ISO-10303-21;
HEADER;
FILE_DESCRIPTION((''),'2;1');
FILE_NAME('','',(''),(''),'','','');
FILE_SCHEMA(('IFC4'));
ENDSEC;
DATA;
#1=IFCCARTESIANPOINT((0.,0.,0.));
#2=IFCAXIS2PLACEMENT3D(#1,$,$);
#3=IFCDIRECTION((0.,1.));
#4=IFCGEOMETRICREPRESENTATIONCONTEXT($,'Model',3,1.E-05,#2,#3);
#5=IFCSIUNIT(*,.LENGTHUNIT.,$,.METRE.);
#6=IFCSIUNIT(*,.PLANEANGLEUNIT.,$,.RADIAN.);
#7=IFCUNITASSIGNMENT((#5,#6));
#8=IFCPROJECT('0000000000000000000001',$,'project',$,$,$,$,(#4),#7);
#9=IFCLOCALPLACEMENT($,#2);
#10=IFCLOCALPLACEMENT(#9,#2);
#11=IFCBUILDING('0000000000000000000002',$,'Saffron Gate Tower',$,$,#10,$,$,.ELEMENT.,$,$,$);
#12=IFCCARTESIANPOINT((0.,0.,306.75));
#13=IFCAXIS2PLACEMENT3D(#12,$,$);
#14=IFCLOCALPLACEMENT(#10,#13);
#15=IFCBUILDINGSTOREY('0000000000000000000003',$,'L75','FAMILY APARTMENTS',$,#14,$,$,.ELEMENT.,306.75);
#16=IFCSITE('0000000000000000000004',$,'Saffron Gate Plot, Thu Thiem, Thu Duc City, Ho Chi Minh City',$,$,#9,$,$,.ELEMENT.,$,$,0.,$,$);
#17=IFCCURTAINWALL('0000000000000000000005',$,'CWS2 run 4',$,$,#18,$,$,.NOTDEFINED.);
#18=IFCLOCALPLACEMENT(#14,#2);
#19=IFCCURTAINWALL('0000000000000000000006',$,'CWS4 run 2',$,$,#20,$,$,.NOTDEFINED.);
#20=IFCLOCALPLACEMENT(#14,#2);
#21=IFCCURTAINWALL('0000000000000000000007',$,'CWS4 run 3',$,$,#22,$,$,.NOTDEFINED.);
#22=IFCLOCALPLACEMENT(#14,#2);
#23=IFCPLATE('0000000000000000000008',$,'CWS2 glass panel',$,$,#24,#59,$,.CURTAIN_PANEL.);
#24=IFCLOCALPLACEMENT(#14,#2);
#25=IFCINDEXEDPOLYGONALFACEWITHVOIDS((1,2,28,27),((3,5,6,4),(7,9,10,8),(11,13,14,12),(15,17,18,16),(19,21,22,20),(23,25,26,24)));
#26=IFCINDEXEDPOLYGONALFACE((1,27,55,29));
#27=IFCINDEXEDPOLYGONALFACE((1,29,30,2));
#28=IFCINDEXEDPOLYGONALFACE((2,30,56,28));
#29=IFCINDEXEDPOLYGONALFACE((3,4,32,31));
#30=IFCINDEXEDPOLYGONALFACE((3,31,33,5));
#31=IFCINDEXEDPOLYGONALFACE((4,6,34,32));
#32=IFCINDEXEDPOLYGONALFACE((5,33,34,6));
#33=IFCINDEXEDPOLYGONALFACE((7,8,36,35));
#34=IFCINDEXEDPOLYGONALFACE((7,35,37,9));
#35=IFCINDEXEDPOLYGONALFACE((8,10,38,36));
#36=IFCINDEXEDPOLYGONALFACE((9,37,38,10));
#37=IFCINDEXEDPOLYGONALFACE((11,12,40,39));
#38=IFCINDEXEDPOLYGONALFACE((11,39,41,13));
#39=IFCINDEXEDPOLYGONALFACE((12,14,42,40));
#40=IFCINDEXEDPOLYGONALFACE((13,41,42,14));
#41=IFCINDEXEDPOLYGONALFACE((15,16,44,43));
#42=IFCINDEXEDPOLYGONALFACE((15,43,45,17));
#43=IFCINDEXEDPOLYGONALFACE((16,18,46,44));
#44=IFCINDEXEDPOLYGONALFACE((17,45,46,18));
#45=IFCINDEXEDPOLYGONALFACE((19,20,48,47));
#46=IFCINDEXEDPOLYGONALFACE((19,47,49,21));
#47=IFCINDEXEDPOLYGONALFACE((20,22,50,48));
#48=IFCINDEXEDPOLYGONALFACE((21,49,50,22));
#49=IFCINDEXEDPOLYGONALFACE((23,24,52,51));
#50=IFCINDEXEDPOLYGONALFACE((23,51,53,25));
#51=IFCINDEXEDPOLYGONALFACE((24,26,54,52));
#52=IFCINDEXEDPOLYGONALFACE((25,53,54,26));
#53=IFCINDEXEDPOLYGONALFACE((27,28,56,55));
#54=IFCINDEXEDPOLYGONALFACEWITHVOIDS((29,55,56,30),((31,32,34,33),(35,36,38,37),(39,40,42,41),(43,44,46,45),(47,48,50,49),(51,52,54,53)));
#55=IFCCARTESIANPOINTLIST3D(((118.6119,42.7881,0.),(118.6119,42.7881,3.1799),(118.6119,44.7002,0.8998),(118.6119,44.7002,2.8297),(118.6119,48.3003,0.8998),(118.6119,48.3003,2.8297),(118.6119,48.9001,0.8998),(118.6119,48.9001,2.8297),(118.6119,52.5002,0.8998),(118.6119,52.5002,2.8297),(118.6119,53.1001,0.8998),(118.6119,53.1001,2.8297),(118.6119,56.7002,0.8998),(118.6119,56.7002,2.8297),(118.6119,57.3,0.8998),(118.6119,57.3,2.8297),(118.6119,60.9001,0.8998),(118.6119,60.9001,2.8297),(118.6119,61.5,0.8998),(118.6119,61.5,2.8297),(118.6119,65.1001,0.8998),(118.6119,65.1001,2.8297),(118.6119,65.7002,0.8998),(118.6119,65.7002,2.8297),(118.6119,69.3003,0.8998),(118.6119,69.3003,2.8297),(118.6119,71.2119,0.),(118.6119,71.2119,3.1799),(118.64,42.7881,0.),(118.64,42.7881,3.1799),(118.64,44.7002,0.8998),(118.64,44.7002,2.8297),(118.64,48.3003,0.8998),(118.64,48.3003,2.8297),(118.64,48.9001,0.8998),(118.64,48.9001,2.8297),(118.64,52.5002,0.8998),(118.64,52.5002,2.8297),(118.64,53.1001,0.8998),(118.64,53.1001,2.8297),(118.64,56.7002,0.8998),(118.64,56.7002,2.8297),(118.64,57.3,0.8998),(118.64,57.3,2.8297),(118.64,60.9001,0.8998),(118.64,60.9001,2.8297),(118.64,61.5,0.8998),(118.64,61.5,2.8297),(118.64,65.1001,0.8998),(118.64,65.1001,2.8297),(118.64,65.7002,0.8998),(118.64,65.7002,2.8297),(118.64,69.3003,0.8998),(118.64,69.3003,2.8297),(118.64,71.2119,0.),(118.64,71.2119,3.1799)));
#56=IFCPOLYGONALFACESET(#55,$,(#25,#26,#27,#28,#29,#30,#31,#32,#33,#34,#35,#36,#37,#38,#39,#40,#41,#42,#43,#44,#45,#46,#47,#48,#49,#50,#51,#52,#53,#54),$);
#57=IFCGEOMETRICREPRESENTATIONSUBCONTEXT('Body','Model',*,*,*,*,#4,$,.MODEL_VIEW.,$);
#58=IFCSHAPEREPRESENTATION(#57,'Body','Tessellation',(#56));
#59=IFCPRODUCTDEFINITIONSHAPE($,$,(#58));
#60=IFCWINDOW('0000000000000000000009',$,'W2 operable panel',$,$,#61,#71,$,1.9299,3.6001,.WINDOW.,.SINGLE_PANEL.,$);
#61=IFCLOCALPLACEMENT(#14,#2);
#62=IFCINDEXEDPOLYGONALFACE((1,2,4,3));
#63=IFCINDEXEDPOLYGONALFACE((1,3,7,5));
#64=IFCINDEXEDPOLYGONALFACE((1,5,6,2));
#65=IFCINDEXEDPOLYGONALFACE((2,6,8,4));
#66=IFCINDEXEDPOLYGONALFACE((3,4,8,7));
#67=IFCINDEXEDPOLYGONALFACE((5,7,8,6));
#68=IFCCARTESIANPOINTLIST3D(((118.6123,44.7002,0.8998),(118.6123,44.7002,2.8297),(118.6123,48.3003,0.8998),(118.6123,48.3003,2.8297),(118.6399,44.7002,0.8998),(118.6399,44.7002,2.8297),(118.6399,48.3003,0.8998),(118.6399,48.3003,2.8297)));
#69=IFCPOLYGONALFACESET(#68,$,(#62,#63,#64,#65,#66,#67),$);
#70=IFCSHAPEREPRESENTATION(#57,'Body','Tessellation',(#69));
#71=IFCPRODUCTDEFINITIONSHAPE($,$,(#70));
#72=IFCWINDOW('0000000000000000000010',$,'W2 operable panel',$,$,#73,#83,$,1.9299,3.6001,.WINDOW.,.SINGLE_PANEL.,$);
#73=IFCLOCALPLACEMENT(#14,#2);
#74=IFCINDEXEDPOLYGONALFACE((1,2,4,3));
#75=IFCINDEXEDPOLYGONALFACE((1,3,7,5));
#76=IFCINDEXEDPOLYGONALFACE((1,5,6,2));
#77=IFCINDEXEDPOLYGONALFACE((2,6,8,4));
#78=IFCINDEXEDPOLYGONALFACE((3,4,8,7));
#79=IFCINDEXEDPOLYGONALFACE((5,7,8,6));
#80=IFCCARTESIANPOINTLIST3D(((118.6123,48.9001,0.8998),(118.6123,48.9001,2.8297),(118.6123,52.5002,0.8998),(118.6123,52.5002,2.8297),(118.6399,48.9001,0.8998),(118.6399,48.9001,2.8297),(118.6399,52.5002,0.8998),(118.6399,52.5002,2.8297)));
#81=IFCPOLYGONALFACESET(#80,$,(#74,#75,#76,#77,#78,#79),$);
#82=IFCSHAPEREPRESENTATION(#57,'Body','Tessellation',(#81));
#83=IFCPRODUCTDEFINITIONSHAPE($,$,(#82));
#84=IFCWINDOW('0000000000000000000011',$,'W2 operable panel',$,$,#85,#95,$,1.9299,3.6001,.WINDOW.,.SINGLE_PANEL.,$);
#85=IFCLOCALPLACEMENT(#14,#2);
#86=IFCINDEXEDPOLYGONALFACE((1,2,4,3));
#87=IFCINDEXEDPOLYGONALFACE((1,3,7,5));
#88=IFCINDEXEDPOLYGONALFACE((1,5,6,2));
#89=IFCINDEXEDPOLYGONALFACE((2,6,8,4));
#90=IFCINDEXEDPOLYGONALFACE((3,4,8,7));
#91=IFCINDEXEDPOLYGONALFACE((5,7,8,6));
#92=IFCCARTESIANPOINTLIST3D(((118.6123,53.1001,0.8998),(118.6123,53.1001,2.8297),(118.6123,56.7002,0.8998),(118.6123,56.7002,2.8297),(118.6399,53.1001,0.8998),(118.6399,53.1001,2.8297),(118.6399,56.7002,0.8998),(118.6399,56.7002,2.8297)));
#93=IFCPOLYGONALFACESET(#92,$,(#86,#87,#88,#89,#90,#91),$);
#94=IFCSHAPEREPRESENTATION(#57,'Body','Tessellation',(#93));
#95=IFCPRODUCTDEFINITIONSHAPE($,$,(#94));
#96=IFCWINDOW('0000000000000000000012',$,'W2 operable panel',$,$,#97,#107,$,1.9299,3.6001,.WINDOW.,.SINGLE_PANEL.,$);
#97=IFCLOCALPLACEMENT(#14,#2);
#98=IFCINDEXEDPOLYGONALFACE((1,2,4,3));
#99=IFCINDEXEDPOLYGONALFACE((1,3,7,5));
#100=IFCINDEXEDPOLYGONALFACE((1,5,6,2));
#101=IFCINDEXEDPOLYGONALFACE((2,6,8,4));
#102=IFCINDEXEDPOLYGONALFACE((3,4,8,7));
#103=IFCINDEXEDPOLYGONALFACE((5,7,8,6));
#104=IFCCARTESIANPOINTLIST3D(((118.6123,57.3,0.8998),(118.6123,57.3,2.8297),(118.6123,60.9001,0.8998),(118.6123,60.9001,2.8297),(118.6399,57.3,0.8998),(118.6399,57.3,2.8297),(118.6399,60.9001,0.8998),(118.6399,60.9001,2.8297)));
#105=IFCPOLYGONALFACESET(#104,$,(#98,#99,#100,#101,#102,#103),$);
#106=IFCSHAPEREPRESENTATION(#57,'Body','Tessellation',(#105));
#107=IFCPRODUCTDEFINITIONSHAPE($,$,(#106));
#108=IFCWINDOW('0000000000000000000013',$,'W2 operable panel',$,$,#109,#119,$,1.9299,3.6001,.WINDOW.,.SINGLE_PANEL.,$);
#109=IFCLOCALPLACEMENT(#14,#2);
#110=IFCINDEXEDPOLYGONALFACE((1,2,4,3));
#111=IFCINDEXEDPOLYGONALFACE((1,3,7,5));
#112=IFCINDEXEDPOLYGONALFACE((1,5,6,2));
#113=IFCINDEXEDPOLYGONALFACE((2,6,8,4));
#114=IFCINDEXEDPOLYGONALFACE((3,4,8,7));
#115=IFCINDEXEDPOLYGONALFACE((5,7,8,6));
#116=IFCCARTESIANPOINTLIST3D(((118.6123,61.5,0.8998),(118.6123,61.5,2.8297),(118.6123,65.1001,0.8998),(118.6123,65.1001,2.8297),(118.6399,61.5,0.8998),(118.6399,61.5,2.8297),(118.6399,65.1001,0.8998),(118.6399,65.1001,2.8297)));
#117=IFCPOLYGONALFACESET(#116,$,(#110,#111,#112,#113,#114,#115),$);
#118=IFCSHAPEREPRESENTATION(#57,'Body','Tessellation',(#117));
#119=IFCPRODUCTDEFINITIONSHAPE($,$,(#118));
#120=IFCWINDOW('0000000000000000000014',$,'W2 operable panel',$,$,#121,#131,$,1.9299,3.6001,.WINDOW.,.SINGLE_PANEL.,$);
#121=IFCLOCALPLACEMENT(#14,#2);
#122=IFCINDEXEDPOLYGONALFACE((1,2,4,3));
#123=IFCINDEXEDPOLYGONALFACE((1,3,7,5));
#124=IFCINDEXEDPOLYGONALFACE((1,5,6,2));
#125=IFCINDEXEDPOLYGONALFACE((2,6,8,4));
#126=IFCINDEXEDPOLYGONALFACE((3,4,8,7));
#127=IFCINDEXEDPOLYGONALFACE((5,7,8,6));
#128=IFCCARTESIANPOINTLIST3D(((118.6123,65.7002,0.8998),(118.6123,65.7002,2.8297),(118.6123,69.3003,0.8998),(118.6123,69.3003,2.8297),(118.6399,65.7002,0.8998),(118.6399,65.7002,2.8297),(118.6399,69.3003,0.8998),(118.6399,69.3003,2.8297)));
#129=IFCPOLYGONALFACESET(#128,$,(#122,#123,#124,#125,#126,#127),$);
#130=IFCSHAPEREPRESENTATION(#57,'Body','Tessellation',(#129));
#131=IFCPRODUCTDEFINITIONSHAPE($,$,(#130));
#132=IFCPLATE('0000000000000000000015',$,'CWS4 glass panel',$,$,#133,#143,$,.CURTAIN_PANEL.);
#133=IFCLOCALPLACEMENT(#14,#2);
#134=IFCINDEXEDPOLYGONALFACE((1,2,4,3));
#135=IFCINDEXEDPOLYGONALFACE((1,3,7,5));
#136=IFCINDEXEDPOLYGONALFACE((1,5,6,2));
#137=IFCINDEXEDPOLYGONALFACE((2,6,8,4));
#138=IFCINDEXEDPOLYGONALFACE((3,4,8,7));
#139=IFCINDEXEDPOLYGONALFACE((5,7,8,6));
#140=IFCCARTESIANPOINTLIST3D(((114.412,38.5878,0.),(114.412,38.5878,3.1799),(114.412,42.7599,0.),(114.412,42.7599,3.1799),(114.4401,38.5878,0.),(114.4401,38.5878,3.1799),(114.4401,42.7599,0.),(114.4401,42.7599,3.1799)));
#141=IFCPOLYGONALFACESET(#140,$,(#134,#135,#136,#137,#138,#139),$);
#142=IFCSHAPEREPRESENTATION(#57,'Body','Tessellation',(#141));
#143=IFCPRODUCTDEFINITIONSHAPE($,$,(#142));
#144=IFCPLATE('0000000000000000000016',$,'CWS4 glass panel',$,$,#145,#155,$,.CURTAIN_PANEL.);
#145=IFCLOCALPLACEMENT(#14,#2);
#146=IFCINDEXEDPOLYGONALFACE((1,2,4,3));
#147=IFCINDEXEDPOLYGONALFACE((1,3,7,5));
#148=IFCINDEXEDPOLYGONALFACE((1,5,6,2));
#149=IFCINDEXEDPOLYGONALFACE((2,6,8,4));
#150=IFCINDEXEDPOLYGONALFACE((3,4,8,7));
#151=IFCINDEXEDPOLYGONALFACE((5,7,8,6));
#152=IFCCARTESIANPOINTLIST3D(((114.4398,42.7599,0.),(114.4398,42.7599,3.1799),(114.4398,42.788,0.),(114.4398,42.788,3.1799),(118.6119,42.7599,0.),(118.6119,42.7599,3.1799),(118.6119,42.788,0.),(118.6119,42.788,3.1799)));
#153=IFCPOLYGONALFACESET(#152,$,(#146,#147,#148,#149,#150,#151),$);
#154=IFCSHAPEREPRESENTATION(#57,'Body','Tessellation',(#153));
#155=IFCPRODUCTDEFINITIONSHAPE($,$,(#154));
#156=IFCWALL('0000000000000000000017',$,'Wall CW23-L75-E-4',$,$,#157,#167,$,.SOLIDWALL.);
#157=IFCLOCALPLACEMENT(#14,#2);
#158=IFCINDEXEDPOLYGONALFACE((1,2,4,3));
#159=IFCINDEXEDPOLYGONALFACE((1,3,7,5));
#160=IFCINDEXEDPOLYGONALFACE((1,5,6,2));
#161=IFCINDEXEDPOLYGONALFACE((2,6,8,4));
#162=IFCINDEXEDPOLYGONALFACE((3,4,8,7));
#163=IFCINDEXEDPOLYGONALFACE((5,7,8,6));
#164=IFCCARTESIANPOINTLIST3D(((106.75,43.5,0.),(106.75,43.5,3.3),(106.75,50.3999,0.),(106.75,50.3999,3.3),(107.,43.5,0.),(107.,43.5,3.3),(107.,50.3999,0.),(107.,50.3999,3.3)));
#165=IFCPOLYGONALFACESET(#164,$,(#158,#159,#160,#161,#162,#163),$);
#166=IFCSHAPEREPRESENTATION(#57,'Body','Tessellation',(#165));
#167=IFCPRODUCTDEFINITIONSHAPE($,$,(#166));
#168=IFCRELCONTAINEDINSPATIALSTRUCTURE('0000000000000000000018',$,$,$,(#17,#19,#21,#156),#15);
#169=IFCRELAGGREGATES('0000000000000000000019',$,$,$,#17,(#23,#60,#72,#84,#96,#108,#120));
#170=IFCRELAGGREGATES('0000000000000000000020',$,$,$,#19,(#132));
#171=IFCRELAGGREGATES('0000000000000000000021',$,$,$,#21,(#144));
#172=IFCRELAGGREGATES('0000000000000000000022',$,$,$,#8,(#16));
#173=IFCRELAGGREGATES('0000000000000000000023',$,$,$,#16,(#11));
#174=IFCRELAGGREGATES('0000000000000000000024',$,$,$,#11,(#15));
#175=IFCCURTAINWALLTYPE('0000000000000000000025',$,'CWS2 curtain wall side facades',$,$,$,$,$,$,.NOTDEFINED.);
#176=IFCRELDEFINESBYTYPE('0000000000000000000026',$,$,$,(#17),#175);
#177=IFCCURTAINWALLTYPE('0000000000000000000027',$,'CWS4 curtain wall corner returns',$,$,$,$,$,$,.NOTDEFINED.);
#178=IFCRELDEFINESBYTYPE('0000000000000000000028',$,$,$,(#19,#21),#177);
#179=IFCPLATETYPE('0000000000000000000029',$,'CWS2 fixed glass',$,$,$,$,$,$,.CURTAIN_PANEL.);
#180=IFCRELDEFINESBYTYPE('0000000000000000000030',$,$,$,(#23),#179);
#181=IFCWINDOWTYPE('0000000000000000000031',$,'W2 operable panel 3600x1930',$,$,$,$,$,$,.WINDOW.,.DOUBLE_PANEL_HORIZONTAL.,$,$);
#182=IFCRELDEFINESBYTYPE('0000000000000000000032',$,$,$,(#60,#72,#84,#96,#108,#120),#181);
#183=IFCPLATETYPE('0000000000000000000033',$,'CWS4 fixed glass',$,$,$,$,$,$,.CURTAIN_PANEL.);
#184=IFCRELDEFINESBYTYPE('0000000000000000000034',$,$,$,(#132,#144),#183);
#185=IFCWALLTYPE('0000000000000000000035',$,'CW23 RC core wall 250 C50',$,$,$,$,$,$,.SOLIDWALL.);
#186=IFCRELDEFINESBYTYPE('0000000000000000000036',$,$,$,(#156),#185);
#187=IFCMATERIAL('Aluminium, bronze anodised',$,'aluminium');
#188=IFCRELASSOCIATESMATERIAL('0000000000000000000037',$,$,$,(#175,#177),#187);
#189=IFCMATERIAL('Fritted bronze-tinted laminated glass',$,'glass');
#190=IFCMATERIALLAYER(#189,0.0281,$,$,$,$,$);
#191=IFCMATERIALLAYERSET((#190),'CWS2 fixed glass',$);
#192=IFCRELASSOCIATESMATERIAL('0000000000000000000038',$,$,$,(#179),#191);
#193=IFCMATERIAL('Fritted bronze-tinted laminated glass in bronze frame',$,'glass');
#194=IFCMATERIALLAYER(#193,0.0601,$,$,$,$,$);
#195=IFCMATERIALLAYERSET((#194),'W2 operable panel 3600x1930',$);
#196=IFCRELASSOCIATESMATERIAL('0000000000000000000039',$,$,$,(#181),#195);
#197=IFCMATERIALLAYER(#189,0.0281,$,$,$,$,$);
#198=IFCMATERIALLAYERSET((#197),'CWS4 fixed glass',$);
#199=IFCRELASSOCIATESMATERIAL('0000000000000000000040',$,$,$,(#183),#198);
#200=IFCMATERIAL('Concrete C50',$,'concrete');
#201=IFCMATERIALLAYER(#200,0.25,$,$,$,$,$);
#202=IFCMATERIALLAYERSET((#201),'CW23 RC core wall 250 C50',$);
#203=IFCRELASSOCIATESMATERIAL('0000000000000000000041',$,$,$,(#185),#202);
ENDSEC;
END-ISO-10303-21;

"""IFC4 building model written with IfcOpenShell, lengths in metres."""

from ifc_helpers import new_model, si_unit, direction, frame, frame_2d, origin, place, context, subcontext, project, spatial, rectangle, extrude, material, layer, layer_set, type_object, element, fill, aggregate, save


model = new_model("IFC4")

# Units and contexts
model_context = context("Model", 3, precision=1e-05, world=origin(), true_north=direction((0.0, 1.0)))
body_context = subcontext(model_context, "Body", "Model", "MODEL_VIEW")
ifc_project = project(units=[si_unit("LENGTHUNIT", "METRE"), si_unit("PLANEANGLEUNIT", "RADIAN")], contexts=[model_context])

# Site, building, storey
site_placement = place(None, origin())
site = spatial("IfcSite", under=ifc_project, at=site_placement, Name="Saffron Gate Plot, Thu Thiem, Thu Duc City, Ho Chi Minh City", CompositionType="ELEMENT", RefElevation=0.0)
building_placement = place(site_placement, origin())
building = spatial("IfcBuilding", under=site, at=building_placement, Name="Saffron Gate Tower", CompositionType="ELEMENT")
storey_placement = place(building_placement, frame((0.0, 0.0, 306.75)))
storey = spatial("IfcBuildingStorey", under=building, at=storey_placement, Name="L75", Description="FAMILY APARTMENTS", CompositionType="ELEMENT", Elevation=306.75)

# Shared definitions
ifc_material_1 = material(Name="Aluminium, bronze anodised", Category="aluminium")

# Curtain wall
curtain_wall_type_1 = type_object("IfcCurtainWallType", Name="CWS2 curtain wall side facades", PredefinedType="NOTDEFINED", material=ifc_material_1)
curtain_wall_1_placement = place(storey_placement, origin())
curtain_wall_1 = element("IfcCurtainWall", 1, at=curtain_wall_1_placement, inside=storey, type_object=curtain_wall_type_1, Name="CWS2 run 4", PredefinedType="NOTDEFINED")

# Curtain walls
curtain_wall_type_2 = type_object("IfcCurtainWallType", Name="CWS4 curtain wall corner returns", PredefinedType="NOTDEFINED", material=ifc_material_1)
curtain_wall_2_placement = place(storey_placement, origin())
curtain_wall_2 = element("IfcCurtainWall", 2, at=curtain_wall_2_placement, inside=storey, type_object=curtain_wall_type_2, Name="CWS4 run 2", PredefinedType="NOTDEFINED")
curtain_wall_3_placement = place(storey_placement, origin())
curtain_wall_3 = element("IfcCurtainWall", 3, at=curtain_wall_3_placement, inside=storey, type_object=curtain_wall_type_2, Name="CWS4 run 3", PredefinedType="NOTDEFINED")

# Plate, openings, windows
ifc_material_2 = material(Name="Fritted bronze-tinted laminated glass", Category="glass")
ifc_layer_1 = layer(ifc_material_2, 0.0281)
ifc_layer_set_1 = layer_set([ifc_layer_1], Name="CWS2 fixed glass")
plate_type_1 = type_object("IfcPlateType", Name="CWS2 fixed glass", PredefinedType="CURTAIN_PANEL", material=ifc_layer_set_1)
plate_1_placement = place(storey_placement, frame((118.626, 42.7881, 0.0), z_axis=(0.0, 0.0, 1.0), x_axis=(0.0, 1.0, 0.0)))
plate_1 = element("IfcPlate", 4, at=plate_1_placement, type_object=plate_type_1, Name="CWS2 glass panel", PredefinedType="CURTAIN_PANEL", context=body_context, shape_type="SweptSolid", body=[
    extrude(rectangle(XDim=28.4238, YDim=0.0281, at=frame_2d((14.2119, 0.0))), origin(), (0.0, 0.0, 1.0), 3.1799),
])
opening_1_placement = place(plate_1_placement, frame((1.9121, 0.0, 0.8999)))
opening_1 = element("IfcOpeningElement", 5, at=opening_1_placement, cuts=plate_1, PredefinedType="OPENING", context=body_context, shape_type="SweptSolid", body=[
    extrude(rectangle(XDim=3.6001, YDim=1.9299, at=frame_2d((1.8, 0.9648))), frame((0.0, 0.0239, 0.0), z_axis=(0.0, -1.0, 0.0), x_axis=(1.0, 0.0, 0.0)), (0.0, 0.0, 1.0), 0.0481),
])
opening_2_placement = place(plate_1_placement, frame((6.1121, 0.0, 0.8999)))
opening_2 = element("IfcOpeningElement", 6, at=opening_2_placement, cuts=plate_1, PredefinedType="OPENING", context=body_context, shape_type="SweptSolid", body=[
    extrude(rectangle(XDim=3.6001, YDim=1.9299, at=frame_2d((1.8, 0.9648))), frame((0.0, 0.0239, 0.0), z_axis=(0.0, -1.0, 0.0), x_axis=(1.0, 0.0, 0.0)), (0.0, 0.0, 1.0), 0.0481),
])
opening_3_placement = place(plate_1_placement, frame((10.312, 0.0, 0.8999)))
opening_3 = element("IfcOpeningElement", 7, at=opening_3_placement, cuts=plate_1, PredefinedType="OPENING", context=body_context, shape_type="SweptSolid", body=[
    extrude(rectangle(XDim=3.6001, YDim=1.9299, at=frame_2d((1.8, 0.9648))), frame((0.0, 0.0239, 0.0), z_axis=(0.0, -1.0, 0.0), x_axis=(1.0, 0.0, 0.0)), (0.0, 0.0, 1.0), 0.0481),
])
opening_4_placement = place(plate_1_placement, frame((14.512, 0.0, 0.8999)))
opening_4 = element("IfcOpeningElement", 8, at=opening_4_placement, cuts=plate_1, PredefinedType="OPENING", context=body_context, shape_type="SweptSolid", body=[
    extrude(rectangle(XDim=3.6001, YDim=1.9299, at=frame_2d((1.8, 0.9648))), frame((0.0, 0.0239, 0.0), z_axis=(0.0, -1.0, 0.0), x_axis=(1.0, 0.0, 0.0)), (0.0, 0.0, 1.0), 0.0481),
])
opening_5_placement = place(plate_1_placement, frame((18.7119, 0.0, 0.8999)))
opening_5 = element("IfcOpeningElement", 9, at=opening_5_placement, cuts=plate_1, PredefinedType="OPENING", context=body_context, shape_type="SweptSolid", body=[
    extrude(rectangle(XDim=3.6001, YDim=1.9299, at=frame_2d((1.8, 0.9648))), frame((0.0, 0.0239, 0.0), z_axis=(0.0, -1.0, 0.0), x_axis=(1.0, 0.0, 0.0)), (0.0, 0.0, 1.0), 0.0481),
])
opening_6_placement = place(plate_1_placement, frame((22.9121, 0.0, 0.8999)))
opening_6 = element("IfcOpeningElement", 10, at=opening_6_placement, cuts=plate_1, PredefinedType="OPENING", context=body_context, shape_type="SweptSolid", body=[
    extrude(rectangle(XDim=3.6001, YDim=1.9299, at=frame_2d((1.8, 0.9648))), frame((0.0, 0.0239, 0.0), z_axis=(0.0, -1.0, 0.0), x_axis=(1.0, 0.0, 0.0)), (0.0, 0.0, 1.0), 0.0481),
])
ifc_material_3 = material(Name="Fritted bronze-tinted laminated glass in bronze frame", Category="glass")
ifc_layer_2 = layer(ifc_material_3, 0.0601)
ifc_layer_set_2 = layer_set([ifc_layer_2], Name="W2 operable panel 3600x1930")
window_type = type_object("IfcWindowType", Name="W2 operable panel 3600x1930", PartitioningType="DOUBLE_PANEL_HORIZONTAL", PredefinedType="WINDOW", material=ifc_layer_set_2)
window_1_placement = place(opening_1_placement, origin())
window_1 = element("IfcWindow", 11, at=window_1_placement, type_object=window_type, Name="W2 operable panel", OverallHeight=1.9299, OverallWidth=3.6001, PartitioningType="SINGLE_PANEL", PredefinedType="WINDOW", context=body_context, shape_type="SweptSolid", body=[
    extrude(rectangle(XDim=3.6001, YDim=1.9299, at=frame_2d((1.8, 0.9648))), frame((0.0, 0.0137, 0.0), z_axis=(0.0, -1.0, 0.0), x_axis=(1.0, 0.0, 0.0)), (0.0, 0.0, 1.0), 0.0276),
])
fill(opening_1, window_1)
window_2_placement = place(opening_2_placement, origin())
window_2 = element("IfcWindow", 12, at=window_2_placement, type_object=window_type, Name="W2 operable panel", OverallHeight=1.9299, OverallWidth=3.6001, PartitioningType="SINGLE_PANEL", PredefinedType="WINDOW", context=body_context, shape_type="SweptSolid", body=[
    extrude(rectangle(XDim=3.6001, YDim=1.9299, at=frame_2d((1.8, 0.9648))), frame((0.0, 0.0137, 0.0), z_axis=(0.0, -1.0, 0.0), x_axis=(1.0, 0.0, 0.0)), (0.0, 0.0, 1.0), 0.0276),
])
fill(opening_2, window_2)
window_3_placement = place(opening_3_placement, origin())
window_3 = element("IfcWindow", 13, at=window_3_placement, type_object=window_type, Name="W2 operable panel", OverallHeight=1.9299, OverallWidth=3.6001, PartitioningType="SINGLE_PANEL", PredefinedType="WINDOW", context=body_context, shape_type="SweptSolid", body=[
    extrude(rectangle(XDim=3.6001, YDim=1.9299, at=frame_2d((1.8, 0.9648))), frame((0.0, 0.0137, 0.0), z_axis=(0.0, -1.0, 0.0), x_axis=(1.0, 0.0, 0.0)), (0.0, 0.0, 1.0), 0.0276),
])
fill(opening_3, window_3)
window_4_placement = place(opening_4_placement, origin())
window_4 = element("IfcWindow", 14, at=window_4_placement, type_object=window_type, Name="W2 operable panel", OverallHeight=1.9299, OverallWidth=3.6001, PartitioningType="SINGLE_PANEL", PredefinedType="WINDOW", context=body_context, shape_type="SweptSolid", body=[
    extrude(rectangle(XDim=3.6001, YDim=1.9299, at=frame_2d((1.8, 0.9648))), frame((0.0, 0.0137, 0.0), z_axis=(0.0, -1.0, 0.0), x_axis=(1.0, 0.0, 0.0)), (0.0, 0.0, 1.0), 0.0276),
])
fill(opening_4, window_4)
window_5_placement = place(opening_5_placement, origin())
window_5 = element("IfcWindow", 15, at=window_5_placement, type_object=window_type, Name="W2 operable panel", OverallHeight=1.9299, OverallWidth=3.6001, PartitioningType="SINGLE_PANEL", PredefinedType="WINDOW", context=body_context, shape_type="SweptSolid", body=[
    extrude(rectangle(XDim=3.6001, YDim=1.9299, at=frame_2d((1.8, 0.9648))), frame((0.0, 0.0137, 0.0), z_axis=(0.0, -1.0, 0.0), x_axis=(1.0, 0.0, 0.0)), (0.0, 0.0, 1.0), 0.0276),
])
fill(opening_5, window_5)
window_6_placement = place(opening_6_placement, origin())
window_6 = element("IfcWindow", 16, at=window_6_placement, type_object=window_type, Name="W2 operable panel", OverallHeight=1.9299, OverallWidth=3.6001, PartitioningType="SINGLE_PANEL", PredefinedType="WINDOW", context=body_context, shape_type="SweptSolid", body=[
    extrude(rectangle(XDim=3.6001, YDim=1.9299, at=frame_2d((1.8, 0.9648))), frame((0.0, 0.0137, 0.0), z_axis=(0.0, -1.0, 0.0), x_axis=(1.0, 0.0, 0.0)), (0.0, 0.0, 1.0), 0.0276),
])
fill(opening_6, window_6)
aggregate(curtain_wall_1, [plate_1, window_1, window_2, window_3, window_4, window_5, window_6])

# Plates
ifc_layer_3 = layer(ifc_material_2, 0.0281)
ifc_layer_set_3 = layer_set([ifc_layer_3], Name="CWS4 fixed glass")
plate_type_2 = type_object("IfcPlateType", Name="CWS4 fixed glass", PredefinedType="CURTAIN_PANEL", material=ifc_layer_set_3)
plate_2_placement = place(storey_placement, frame((114.426, 38.5879, 0.0), z_axis=(0.0, 0.0, 1.0), x_axis=(0.0, 1.0, 0.0)))
plate_2 = element("IfcPlate", 17, at=plate_2_placement, type_object=plate_type_2, Name="CWS4 glass panel", PredefinedType="CURTAIN_PANEL", context=body_context, shape_type="SweptSolid", body=[
    extrude(rectangle(XDim=4.1721, YDim=0.0281, at=frame_2d((2.0859, 0.0))), origin(), (0.0, 0.0, 1.0), 3.1799),
])
aggregate(curtain_wall_2, [plate_2])
plate_3_placement = place(storey_placement, frame((114.4399, 42.7739, 0.0), z_axis=(0.0, 0.0, 1.0), x_axis=(1.0, 0.0, 0.0)))
plate_3 = element("IfcPlate", 18, at=plate_3_placement, type_object=plate_type_2, Name="CWS4 glass panel", PredefinedType="CURTAIN_PANEL", context=body_context, shape_type="SweptSolid", body=[
    extrude(rectangle(XDim=4.1721, YDim=0.0281, at=frame_2d((2.0859, 0.0))), origin(), (0.0, 0.0, 1.0), 3.1799),
])
aggregate(curtain_wall_3, [plate_3])

# Wall
ifc_material_4 = material(Name="Concrete C50", Category="concrete")
ifc_layer_4 = layer(ifc_material_4, 0.25)
ifc_layer_set_4 = layer_set([ifc_layer_4], Name="CW23 RC core wall 250 C50")
wall_type_1 = type_object("IfcWallType", Name="CW23 RC core wall 250 C50", PredefinedType="SOLIDWALL", material=ifc_layer_set_4)
wall_1_placement = place(storey_placement, frame((106.875, 43.5, 0.0), z_axis=(0.0, 0.0, 1.0), x_axis=(0.0, 1.0, 0.0)))
element("IfcWall", 19, at=wall_1_placement, inside=storey, type_object=wall_type_1, Name="Wall CW23-L75-E-4", PredefinedType="SOLIDWALL", context=body_context, shape_type="SweptSolid", body=[
    extrude(rectangle(XDim=6.8999, YDim=0.25, at=frame_2d((3.45, 0.0))), origin(), (0.0, 0.0, 1.0), 3.3),
])

save(model, "model.ifc")
